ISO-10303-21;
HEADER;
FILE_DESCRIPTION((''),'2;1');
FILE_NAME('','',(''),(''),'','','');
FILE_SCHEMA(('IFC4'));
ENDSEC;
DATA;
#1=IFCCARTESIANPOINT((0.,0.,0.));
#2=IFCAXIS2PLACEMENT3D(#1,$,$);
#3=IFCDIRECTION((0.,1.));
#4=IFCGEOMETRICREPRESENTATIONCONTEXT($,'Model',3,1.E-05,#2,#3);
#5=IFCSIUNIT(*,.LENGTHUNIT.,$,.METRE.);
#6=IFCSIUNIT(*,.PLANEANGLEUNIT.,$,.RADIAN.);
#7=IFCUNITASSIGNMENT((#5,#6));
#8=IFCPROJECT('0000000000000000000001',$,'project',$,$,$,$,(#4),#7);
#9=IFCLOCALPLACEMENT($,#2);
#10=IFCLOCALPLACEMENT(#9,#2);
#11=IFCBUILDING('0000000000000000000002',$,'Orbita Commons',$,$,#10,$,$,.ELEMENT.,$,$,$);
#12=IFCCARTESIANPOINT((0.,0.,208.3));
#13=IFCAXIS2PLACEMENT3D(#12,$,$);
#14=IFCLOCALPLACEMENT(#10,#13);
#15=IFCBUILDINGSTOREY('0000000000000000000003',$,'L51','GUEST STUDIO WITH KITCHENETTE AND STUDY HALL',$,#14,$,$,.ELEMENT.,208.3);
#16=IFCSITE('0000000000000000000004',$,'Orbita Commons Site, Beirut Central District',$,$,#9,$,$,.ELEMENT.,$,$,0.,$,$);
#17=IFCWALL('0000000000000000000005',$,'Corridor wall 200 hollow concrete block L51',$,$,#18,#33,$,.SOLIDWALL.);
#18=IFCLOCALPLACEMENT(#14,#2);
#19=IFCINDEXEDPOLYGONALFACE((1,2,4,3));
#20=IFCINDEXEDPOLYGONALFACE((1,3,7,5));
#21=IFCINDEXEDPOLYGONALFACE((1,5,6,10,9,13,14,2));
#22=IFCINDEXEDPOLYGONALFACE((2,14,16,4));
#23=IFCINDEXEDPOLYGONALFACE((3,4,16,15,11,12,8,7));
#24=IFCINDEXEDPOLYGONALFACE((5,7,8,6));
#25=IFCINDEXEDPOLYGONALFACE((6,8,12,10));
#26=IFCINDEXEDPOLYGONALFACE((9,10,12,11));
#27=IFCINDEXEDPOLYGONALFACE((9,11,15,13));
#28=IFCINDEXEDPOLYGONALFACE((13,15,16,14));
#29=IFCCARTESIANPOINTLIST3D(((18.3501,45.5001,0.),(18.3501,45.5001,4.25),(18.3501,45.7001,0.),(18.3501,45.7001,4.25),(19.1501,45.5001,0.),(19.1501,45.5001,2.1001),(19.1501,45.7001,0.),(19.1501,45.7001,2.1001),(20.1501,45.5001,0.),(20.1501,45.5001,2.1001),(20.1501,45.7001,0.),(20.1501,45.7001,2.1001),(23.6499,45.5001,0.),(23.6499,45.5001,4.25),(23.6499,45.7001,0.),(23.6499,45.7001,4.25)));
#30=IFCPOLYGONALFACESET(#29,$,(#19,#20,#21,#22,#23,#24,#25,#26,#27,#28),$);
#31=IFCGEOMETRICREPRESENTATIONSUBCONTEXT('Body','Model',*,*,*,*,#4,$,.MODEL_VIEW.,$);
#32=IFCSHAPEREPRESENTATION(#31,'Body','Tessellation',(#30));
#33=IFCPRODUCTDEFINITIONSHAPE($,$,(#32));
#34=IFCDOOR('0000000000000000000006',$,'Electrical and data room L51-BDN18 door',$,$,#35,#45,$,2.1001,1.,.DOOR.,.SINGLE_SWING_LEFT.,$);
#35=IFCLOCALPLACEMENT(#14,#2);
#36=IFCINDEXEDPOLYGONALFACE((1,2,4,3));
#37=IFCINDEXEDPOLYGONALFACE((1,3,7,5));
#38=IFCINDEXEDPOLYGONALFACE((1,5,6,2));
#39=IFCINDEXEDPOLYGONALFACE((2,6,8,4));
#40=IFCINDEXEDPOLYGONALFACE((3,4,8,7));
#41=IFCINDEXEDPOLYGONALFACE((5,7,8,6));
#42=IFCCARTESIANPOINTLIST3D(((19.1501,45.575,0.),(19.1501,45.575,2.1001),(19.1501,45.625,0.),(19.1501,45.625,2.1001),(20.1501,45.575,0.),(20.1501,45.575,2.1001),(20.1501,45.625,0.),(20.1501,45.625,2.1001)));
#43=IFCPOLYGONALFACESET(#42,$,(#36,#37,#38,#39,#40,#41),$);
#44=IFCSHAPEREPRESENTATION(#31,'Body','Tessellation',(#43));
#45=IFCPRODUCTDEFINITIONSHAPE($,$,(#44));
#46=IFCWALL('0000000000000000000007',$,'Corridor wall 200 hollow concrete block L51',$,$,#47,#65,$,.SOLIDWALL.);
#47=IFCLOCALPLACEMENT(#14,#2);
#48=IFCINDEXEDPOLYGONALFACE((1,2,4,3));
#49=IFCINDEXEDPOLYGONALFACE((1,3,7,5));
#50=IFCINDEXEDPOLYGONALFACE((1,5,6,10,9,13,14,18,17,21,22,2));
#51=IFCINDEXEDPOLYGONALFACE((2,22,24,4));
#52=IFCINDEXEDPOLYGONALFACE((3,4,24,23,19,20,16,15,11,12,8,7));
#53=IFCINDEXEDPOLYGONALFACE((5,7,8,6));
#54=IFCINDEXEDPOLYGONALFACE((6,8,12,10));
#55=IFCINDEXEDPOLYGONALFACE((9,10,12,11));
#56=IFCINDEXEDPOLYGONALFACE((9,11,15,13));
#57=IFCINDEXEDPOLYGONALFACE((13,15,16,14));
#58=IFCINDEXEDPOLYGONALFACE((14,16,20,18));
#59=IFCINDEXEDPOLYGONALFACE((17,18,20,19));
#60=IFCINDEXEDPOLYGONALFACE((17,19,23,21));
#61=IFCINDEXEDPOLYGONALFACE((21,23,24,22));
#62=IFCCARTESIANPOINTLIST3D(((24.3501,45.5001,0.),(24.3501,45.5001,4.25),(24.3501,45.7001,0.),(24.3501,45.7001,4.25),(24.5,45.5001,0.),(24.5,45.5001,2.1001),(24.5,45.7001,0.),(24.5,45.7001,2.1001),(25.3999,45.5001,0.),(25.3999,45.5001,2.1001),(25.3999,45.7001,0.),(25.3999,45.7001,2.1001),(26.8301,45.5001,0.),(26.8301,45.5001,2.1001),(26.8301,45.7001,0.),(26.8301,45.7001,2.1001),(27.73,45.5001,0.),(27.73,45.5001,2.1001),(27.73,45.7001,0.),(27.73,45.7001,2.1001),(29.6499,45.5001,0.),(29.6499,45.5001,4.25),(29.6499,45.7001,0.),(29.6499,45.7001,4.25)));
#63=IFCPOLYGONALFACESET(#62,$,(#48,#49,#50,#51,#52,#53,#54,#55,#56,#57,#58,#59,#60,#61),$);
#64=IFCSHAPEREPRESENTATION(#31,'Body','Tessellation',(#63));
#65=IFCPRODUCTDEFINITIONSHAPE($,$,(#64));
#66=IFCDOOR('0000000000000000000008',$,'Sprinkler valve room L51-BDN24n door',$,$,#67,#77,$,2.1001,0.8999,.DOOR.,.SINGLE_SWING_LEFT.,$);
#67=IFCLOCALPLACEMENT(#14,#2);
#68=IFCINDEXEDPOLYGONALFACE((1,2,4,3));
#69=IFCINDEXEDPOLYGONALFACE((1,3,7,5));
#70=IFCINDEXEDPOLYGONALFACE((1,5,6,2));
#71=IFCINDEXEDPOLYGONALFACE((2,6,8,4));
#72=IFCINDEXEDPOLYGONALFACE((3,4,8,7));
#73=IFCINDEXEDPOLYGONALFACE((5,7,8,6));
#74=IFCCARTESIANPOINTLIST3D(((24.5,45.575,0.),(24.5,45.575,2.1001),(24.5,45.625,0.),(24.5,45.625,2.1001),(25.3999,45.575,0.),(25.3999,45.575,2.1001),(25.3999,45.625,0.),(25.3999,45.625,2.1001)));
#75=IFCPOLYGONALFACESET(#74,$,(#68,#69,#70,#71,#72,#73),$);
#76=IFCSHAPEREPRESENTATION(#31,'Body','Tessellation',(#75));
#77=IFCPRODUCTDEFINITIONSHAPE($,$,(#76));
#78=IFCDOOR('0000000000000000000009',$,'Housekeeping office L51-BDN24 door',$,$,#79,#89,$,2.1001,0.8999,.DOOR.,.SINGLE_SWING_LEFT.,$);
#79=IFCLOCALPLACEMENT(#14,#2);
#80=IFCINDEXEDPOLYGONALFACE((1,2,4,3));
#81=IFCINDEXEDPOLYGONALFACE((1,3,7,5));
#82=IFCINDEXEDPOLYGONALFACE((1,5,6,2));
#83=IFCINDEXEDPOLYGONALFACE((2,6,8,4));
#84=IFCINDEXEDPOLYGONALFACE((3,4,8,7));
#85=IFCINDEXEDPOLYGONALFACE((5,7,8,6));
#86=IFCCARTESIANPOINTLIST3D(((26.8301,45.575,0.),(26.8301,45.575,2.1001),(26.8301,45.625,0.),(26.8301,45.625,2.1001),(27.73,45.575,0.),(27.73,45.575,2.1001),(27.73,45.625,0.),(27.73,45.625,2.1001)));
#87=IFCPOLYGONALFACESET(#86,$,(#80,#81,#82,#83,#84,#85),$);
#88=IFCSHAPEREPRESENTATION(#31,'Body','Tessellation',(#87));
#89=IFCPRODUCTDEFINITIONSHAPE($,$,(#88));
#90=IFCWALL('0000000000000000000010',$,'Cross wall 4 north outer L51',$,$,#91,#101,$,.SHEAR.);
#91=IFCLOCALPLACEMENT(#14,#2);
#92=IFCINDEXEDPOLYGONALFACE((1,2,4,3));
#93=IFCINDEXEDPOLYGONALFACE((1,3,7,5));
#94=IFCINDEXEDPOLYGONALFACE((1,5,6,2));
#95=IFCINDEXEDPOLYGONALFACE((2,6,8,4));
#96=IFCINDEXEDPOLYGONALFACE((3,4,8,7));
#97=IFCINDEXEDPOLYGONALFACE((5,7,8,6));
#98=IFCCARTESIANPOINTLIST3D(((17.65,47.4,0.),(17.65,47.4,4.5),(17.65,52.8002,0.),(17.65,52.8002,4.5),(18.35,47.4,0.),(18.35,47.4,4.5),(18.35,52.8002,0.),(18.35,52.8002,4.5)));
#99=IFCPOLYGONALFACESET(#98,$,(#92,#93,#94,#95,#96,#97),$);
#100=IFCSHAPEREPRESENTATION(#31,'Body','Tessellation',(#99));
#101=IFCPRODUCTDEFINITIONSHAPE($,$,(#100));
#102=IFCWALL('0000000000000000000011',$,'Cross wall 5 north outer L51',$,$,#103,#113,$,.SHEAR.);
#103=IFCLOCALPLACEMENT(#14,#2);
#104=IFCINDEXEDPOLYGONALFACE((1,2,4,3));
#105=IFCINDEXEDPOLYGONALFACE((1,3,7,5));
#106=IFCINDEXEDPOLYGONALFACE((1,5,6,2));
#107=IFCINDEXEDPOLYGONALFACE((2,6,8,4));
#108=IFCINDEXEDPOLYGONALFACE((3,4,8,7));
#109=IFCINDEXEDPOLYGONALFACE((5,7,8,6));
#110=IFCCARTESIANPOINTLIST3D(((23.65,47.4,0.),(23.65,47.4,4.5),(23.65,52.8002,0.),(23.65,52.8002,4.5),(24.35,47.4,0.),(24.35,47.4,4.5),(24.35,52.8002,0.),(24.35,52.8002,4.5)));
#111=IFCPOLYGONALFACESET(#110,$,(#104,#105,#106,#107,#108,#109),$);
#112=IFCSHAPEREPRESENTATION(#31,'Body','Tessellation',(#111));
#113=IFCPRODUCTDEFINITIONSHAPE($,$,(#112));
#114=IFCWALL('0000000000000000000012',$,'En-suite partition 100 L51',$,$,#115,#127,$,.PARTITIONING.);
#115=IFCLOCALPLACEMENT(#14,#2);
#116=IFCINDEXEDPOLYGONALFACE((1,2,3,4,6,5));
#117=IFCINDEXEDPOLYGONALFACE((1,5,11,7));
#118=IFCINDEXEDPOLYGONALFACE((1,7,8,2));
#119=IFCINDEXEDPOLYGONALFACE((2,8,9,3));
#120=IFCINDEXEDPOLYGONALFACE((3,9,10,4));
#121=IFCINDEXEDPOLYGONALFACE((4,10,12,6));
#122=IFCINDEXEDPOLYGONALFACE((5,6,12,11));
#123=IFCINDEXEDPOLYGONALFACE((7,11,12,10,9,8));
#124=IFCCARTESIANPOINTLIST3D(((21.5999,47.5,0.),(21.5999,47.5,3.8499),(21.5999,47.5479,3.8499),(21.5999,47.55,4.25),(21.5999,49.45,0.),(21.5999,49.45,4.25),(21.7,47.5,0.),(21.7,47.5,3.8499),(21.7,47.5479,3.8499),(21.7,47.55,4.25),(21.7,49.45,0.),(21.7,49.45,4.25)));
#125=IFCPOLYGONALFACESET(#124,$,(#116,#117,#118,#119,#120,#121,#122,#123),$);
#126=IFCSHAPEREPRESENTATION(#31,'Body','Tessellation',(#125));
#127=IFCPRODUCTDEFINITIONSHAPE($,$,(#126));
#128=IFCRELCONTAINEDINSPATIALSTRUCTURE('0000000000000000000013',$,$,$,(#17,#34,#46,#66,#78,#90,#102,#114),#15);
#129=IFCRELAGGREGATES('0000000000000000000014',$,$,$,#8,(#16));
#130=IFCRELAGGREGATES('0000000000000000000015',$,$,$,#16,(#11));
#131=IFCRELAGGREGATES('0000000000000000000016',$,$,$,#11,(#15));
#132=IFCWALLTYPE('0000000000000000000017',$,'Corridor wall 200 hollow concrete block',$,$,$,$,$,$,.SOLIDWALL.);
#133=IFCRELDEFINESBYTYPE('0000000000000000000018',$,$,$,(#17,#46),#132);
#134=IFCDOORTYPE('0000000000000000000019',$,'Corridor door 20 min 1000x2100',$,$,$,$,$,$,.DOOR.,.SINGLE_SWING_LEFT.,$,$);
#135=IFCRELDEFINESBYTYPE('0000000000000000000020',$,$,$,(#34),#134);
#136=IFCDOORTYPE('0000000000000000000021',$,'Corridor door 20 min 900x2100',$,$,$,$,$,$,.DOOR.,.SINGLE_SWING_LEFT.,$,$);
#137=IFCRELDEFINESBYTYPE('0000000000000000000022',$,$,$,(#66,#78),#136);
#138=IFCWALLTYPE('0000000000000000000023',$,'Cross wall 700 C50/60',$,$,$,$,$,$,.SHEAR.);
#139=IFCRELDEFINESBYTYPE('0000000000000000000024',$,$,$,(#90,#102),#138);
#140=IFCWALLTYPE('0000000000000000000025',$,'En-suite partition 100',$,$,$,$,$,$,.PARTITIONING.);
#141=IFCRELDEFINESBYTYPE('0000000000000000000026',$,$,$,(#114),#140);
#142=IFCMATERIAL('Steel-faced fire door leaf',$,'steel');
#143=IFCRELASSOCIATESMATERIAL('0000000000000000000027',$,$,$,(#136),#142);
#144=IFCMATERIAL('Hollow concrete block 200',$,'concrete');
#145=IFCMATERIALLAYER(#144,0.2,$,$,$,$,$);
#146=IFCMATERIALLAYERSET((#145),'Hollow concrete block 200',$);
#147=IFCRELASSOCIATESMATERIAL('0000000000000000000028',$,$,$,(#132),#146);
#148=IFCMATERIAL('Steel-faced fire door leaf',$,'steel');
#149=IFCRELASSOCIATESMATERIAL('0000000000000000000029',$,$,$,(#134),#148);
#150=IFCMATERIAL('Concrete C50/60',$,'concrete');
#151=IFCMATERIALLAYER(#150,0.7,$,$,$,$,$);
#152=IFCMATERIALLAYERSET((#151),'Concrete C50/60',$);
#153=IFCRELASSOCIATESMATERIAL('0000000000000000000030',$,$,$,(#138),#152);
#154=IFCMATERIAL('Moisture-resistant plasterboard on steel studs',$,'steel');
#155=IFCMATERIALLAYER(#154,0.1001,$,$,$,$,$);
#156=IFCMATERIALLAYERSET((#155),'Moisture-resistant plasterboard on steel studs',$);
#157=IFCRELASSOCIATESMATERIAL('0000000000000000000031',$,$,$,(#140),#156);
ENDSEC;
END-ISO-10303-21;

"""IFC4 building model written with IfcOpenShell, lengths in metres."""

from ifc_helpers import new_model, si_unit, direction, frame, frame_2d, origin, place, context, subcontext, project, spatial, polyline, rectangle, outline, extrude, material, layer, layer_set, type_object, element, fill, save


model = new_model("IFC4")

# Units and contexts
model_context = context("Model", 3, precision=1e-05, world=origin(), true_north=direction((0.0, 1.0)))
body_context = subcontext(model_context, "Body", "Model", "MODEL_VIEW")
ifc_project = project(units=[si_unit("LENGTHUNIT", "METRE"), si_unit("PLANEANGLEUNIT", "RADIAN")], contexts=[model_context])

# Site, building, storey
site_placement = place(None, origin())
site = spatial("IfcSite", under=ifc_project, at=site_placement, Name="Orbita Commons Site, Beirut Central District", CompositionType="ELEMENT", RefElevation=0.0)
building_placement = place(site_placement, origin())
building = spatial("IfcBuilding", under=site, at=building_placement, Name="Orbita Commons", CompositionType="ELEMENT")
storey_placement = place(building_placement, frame((0.0, 0.0, 208.3)))
storey = spatial("IfcBuildingStorey", under=building, at=storey_placement, Name="L51", Description="GUEST STUDIO WITH KITCHENETTE AND STUDY HALL", CompositionType="ELEMENT", Elevation=208.3)

# Wall, opening, door
ifc_material_1 = material(Name="Steel-faced fire door leaf", Category="steel")
door_type_1 = type_object("IfcDoorType", Name="Corridor door 20 min 900x2100", OperationType="SINGLE_SWING_LEFT", PredefinedType="DOOR", material=ifc_material_1)
ifc_material_2 = material(Name="Hollow concrete block 200", Category="concrete")
ifc_layer_1 = layer(ifc_material_2, 0.2)
ifc_layer_set_1 = layer_set([ifc_layer_1], Name="Hollow concrete block 200")
wall_type_1 = type_object("IfcWallType", Name="Corridor wall 200 hollow concrete block", PredefinedType="SOLIDWALL", material=ifc_layer_set_1)
wall_1_placement = place(storey_placement, frame((18.3501, 45.6001, 0.0), z_axis=(0.0, 0.0, 1.0), x_axis=(1.0, 0.0, 0.0)))
wall_1 = element("IfcWall", 1, at=wall_1_placement, inside=storey, type_object=wall_type_1, Name="Corridor wall 200 hollow concrete block L51", PredefinedType="SOLIDWALL", context=body_context, shape_type="SweptSolid", body=[
    extrude(rectangle(XDim=5.2998, YDim=0.2, at=frame_2d((2.6499, 0.0))), origin(), (0.0, 0.0, 1.0), 4.25),
])
opening_1_placement = place(wall_1_placement, frame((0.8, 0.0, 0.0)))
opening_1 = element("IfcOpeningElement", 2, at=opening_1_placement, cuts=wall_1, PredefinedType="OPENING", context=body_context, shape_type="SweptSolid", body=[
    extrude(rectangle(XDim=1.0, YDim=2.1001, at=frame_2d((0.5, 1.05))), frame((0.0, 0.1099, 0.0), z_axis=(0.0, -1.0, 0.0), x_axis=(1.0, 0.0, 0.0)), (0.0, 0.0, 1.0), 0.22),
])
ifc_material_3 = material(Name="Steel-faced fire door leaf", Category="steel")
door_type_2 = type_object("IfcDoorType", Name="Corridor door 20 min 1000x2100", OperationType="SINGLE_SWING_LEFT", PredefinedType="DOOR", material=ifc_material_3)
door_1_placement = place(opening_1_placement, origin())
door_1 = element("IfcDoor", 3, at=door_1_placement, inside=storey, type_object=door_type_2, Name="Electrical and data room L51-BDN18 door", OperationType="SINGLE_SWING_LEFT", OverallHeight=2.1001, OverallWidth=1.0, PredefinedType="DOOR", context=body_context, shape_type="SweptSolid", body=[
    extrude(rectangle(XDim=1.0, YDim=2.1001, at=frame_2d((0.5, 1.05))), frame((0.0, 0.0249, 0.0), z_axis=(0.0, -1.0, 0.0), x_axis=(1.0, 0.0, 0.0)), (0.0, 0.0, 1.0), 0.05),
])
fill(opening_1, door_1)

# Wall, openings, doors
wall_2_placement = place(storey_placement, frame((24.3501, 45.6001, 0.0), z_axis=(0.0, 0.0, 1.0), x_axis=(1.0, 0.0, 0.0)))
wall_2 = element("IfcWall", 4, at=wall_2_placement, inside=storey, type_object=wall_type_1, Name="Corridor wall 200 hollow concrete block L51", PredefinedType="SOLIDWALL", context=body_context, shape_type="SweptSolid", body=[
    extrude(rectangle(XDim=5.2998, YDim=0.2, at=frame_2d((2.6499, 0.0))), origin(), (0.0, 0.0, 1.0), 4.25),
])
opening_2_placement = place(wall_2_placement, frame((0.1499, 0.0, 0.0)))
opening_2 = element("IfcOpeningElement", 5, at=opening_2_placement, cuts=wall_2, PredefinedType="OPENING", context=body_context, shape_type="SweptSolid", body=[
    extrude(rectangle(XDim=0.8999, YDim=2.1001, at=frame_2d((0.45, 1.05))), frame((0.0, 0.1099, 0.0), z_axis=(0.0, -1.0, 0.0), x_axis=(1.0, 0.0, 0.0)), (0.0, 0.0, 1.0), 0.22),
])
opening_3_placement = place(wall_2_placement, frame((2.48, 0.0, 0.0)))
opening_3 = element("IfcOpeningElement", 6, at=opening_3_placement, cuts=wall_2, PredefinedType="OPENING", context=body_context, shape_type="SweptSolid", body=[
    extrude(rectangle(XDim=0.8999, YDim=2.1001, at=frame_2d((0.45, 1.05))), frame((0.0, 0.1099, 0.0), z_axis=(0.0, -1.0, 0.0), x_axis=(1.0, 0.0, 0.0)), (0.0, 0.0, 1.0), 0.22),
])
door_2_placement = place(opening_2_placement, origin())
door_2 = element("IfcDoor", 7, at=door_2_placement, inside=storey, type_object=door_type_1, Name="Sprinkler valve room L51-BDN24n door", OperationType="SINGLE_SWING_LEFT", OverallHeight=2.1001, OverallWidth=0.8999, PredefinedType="DOOR", context=body_context, shape_type="SweptSolid", body=[
    extrude(rectangle(XDim=0.8999, YDim=2.1001, at=frame_2d((0.45, 1.05))), frame((0.0, 0.0249, 0.0), z_axis=(0.0, -1.0, 0.0), x_axis=(1.0, 0.0, 0.0)), (0.0, 0.0, 1.0), 0.05),
])
fill(opening_2, door_2)
door_3_placement = place(opening_3_placement, origin())
door_3 = element("IfcDoor", 8, at=door_3_placement, inside=storey, type_object=door_type_1, Name="Housekeeping office L51-BDN24 door", OperationType="SINGLE_SWING_LEFT", OverallHeight=2.1001, OverallWidth=0.8999, PredefinedType="DOOR", context=body_context, shape_type="SweptSolid", body=[
    extrude(rectangle(XDim=0.8999, YDim=2.1001, at=frame_2d((0.45, 1.05))), frame((0.0, 0.0249, 0.0), z_axis=(0.0, -1.0, 0.0), x_axis=(1.0, 0.0, 0.0)), (0.0, 0.0, 1.0), 0.05),
])
fill(opening_3, door_3)

# Walls
ifc_material_4 = material(Name="Concrete C50/60", Category="concrete")
ifc_layer_2 = layer(ifc_material_4, 0.7)
ifc_layer_set_2 = layer_set([ifc_layer_2], Name="Concrete C50/60")
wall_type_2 = type_object("IfcWallType", Name="Cross wall 700 C50/60", PredefinedType="SHEAR", material=ifc_layer_set_2)
for number, where, z_axis, x_axis, name in (
    (9, (18.0, 47.3999, 0.0), (0.0, 0.0, 1.0), (0.0, 1.0, 0.0), "Cross wall 4 north outer L51"),
    (10, (24.0, 47.3999, 0.0), (0.0, 0.0, 1.0), (0.0, 1.0, 0.0), "Cross wall 5 north outer L51"),
):
    element("IfcWall", number, at=place(storey_placement, frame(where, z_axis=z_axis, x_axis=x_axis)), inside=storey, type_object=wall_type_2, Name=name, PredefinedType="SHEAR", context=body_context, shape_type="SweptSolid", body=[
        extrude(rectangle(XDim=5.4001, YDim=0.7, at=frame_2d((2.7002, 0.0))), origin(), (0.0, 0.0, 1.0), 4.5),
    ])
ifc_material_5 = material(Name="Moisture-resistant plasterboard on steel studs", Category="steel")
ifc_layer_3 = layer(ifc_material_5, 0.1001)
ifc_layer_set_3 = layer_set([ifc_layer_3], Name="Moisture-resistant plasterboard on steel studs")
wall_type_3 = type_object("IfcWallType", Name="En-suite partition 100", PredefinedType="PARTITIONING", material=ifc_layer_set_3)
wall_3_placement = place(storey_placement, frame((21.6499, 49.45, 0.0), z_axis=(0.0, 0.0, 1.0), x_axis=(0.0, -1.0, 0.0)))
element("IfcWall", 11, at=wall_3_placement, inside=storey, type_object=wall_type_3, Name="En-suite partition 100 L51", PredefinedType="PARTITIONING", context=body_context, shape_type="SweptSolid", body=[
    extrude(outline(polyline([(0.0, 0.0), (1.95, 0.0), (1.95, 3.8499), (1.9021, 3.8499), (1.8999, 4.25), (0.0, 4.25), (0.0, 0.0)])), frame((0.0, 0.05, 0.0), z_axis=(0.0, -1.0, 0.0), x_axis=(1.0, 0.0, 0.0)), (0.0, 0.0, 1.0), 0.1001),
])

save(model, "model.ifc")
